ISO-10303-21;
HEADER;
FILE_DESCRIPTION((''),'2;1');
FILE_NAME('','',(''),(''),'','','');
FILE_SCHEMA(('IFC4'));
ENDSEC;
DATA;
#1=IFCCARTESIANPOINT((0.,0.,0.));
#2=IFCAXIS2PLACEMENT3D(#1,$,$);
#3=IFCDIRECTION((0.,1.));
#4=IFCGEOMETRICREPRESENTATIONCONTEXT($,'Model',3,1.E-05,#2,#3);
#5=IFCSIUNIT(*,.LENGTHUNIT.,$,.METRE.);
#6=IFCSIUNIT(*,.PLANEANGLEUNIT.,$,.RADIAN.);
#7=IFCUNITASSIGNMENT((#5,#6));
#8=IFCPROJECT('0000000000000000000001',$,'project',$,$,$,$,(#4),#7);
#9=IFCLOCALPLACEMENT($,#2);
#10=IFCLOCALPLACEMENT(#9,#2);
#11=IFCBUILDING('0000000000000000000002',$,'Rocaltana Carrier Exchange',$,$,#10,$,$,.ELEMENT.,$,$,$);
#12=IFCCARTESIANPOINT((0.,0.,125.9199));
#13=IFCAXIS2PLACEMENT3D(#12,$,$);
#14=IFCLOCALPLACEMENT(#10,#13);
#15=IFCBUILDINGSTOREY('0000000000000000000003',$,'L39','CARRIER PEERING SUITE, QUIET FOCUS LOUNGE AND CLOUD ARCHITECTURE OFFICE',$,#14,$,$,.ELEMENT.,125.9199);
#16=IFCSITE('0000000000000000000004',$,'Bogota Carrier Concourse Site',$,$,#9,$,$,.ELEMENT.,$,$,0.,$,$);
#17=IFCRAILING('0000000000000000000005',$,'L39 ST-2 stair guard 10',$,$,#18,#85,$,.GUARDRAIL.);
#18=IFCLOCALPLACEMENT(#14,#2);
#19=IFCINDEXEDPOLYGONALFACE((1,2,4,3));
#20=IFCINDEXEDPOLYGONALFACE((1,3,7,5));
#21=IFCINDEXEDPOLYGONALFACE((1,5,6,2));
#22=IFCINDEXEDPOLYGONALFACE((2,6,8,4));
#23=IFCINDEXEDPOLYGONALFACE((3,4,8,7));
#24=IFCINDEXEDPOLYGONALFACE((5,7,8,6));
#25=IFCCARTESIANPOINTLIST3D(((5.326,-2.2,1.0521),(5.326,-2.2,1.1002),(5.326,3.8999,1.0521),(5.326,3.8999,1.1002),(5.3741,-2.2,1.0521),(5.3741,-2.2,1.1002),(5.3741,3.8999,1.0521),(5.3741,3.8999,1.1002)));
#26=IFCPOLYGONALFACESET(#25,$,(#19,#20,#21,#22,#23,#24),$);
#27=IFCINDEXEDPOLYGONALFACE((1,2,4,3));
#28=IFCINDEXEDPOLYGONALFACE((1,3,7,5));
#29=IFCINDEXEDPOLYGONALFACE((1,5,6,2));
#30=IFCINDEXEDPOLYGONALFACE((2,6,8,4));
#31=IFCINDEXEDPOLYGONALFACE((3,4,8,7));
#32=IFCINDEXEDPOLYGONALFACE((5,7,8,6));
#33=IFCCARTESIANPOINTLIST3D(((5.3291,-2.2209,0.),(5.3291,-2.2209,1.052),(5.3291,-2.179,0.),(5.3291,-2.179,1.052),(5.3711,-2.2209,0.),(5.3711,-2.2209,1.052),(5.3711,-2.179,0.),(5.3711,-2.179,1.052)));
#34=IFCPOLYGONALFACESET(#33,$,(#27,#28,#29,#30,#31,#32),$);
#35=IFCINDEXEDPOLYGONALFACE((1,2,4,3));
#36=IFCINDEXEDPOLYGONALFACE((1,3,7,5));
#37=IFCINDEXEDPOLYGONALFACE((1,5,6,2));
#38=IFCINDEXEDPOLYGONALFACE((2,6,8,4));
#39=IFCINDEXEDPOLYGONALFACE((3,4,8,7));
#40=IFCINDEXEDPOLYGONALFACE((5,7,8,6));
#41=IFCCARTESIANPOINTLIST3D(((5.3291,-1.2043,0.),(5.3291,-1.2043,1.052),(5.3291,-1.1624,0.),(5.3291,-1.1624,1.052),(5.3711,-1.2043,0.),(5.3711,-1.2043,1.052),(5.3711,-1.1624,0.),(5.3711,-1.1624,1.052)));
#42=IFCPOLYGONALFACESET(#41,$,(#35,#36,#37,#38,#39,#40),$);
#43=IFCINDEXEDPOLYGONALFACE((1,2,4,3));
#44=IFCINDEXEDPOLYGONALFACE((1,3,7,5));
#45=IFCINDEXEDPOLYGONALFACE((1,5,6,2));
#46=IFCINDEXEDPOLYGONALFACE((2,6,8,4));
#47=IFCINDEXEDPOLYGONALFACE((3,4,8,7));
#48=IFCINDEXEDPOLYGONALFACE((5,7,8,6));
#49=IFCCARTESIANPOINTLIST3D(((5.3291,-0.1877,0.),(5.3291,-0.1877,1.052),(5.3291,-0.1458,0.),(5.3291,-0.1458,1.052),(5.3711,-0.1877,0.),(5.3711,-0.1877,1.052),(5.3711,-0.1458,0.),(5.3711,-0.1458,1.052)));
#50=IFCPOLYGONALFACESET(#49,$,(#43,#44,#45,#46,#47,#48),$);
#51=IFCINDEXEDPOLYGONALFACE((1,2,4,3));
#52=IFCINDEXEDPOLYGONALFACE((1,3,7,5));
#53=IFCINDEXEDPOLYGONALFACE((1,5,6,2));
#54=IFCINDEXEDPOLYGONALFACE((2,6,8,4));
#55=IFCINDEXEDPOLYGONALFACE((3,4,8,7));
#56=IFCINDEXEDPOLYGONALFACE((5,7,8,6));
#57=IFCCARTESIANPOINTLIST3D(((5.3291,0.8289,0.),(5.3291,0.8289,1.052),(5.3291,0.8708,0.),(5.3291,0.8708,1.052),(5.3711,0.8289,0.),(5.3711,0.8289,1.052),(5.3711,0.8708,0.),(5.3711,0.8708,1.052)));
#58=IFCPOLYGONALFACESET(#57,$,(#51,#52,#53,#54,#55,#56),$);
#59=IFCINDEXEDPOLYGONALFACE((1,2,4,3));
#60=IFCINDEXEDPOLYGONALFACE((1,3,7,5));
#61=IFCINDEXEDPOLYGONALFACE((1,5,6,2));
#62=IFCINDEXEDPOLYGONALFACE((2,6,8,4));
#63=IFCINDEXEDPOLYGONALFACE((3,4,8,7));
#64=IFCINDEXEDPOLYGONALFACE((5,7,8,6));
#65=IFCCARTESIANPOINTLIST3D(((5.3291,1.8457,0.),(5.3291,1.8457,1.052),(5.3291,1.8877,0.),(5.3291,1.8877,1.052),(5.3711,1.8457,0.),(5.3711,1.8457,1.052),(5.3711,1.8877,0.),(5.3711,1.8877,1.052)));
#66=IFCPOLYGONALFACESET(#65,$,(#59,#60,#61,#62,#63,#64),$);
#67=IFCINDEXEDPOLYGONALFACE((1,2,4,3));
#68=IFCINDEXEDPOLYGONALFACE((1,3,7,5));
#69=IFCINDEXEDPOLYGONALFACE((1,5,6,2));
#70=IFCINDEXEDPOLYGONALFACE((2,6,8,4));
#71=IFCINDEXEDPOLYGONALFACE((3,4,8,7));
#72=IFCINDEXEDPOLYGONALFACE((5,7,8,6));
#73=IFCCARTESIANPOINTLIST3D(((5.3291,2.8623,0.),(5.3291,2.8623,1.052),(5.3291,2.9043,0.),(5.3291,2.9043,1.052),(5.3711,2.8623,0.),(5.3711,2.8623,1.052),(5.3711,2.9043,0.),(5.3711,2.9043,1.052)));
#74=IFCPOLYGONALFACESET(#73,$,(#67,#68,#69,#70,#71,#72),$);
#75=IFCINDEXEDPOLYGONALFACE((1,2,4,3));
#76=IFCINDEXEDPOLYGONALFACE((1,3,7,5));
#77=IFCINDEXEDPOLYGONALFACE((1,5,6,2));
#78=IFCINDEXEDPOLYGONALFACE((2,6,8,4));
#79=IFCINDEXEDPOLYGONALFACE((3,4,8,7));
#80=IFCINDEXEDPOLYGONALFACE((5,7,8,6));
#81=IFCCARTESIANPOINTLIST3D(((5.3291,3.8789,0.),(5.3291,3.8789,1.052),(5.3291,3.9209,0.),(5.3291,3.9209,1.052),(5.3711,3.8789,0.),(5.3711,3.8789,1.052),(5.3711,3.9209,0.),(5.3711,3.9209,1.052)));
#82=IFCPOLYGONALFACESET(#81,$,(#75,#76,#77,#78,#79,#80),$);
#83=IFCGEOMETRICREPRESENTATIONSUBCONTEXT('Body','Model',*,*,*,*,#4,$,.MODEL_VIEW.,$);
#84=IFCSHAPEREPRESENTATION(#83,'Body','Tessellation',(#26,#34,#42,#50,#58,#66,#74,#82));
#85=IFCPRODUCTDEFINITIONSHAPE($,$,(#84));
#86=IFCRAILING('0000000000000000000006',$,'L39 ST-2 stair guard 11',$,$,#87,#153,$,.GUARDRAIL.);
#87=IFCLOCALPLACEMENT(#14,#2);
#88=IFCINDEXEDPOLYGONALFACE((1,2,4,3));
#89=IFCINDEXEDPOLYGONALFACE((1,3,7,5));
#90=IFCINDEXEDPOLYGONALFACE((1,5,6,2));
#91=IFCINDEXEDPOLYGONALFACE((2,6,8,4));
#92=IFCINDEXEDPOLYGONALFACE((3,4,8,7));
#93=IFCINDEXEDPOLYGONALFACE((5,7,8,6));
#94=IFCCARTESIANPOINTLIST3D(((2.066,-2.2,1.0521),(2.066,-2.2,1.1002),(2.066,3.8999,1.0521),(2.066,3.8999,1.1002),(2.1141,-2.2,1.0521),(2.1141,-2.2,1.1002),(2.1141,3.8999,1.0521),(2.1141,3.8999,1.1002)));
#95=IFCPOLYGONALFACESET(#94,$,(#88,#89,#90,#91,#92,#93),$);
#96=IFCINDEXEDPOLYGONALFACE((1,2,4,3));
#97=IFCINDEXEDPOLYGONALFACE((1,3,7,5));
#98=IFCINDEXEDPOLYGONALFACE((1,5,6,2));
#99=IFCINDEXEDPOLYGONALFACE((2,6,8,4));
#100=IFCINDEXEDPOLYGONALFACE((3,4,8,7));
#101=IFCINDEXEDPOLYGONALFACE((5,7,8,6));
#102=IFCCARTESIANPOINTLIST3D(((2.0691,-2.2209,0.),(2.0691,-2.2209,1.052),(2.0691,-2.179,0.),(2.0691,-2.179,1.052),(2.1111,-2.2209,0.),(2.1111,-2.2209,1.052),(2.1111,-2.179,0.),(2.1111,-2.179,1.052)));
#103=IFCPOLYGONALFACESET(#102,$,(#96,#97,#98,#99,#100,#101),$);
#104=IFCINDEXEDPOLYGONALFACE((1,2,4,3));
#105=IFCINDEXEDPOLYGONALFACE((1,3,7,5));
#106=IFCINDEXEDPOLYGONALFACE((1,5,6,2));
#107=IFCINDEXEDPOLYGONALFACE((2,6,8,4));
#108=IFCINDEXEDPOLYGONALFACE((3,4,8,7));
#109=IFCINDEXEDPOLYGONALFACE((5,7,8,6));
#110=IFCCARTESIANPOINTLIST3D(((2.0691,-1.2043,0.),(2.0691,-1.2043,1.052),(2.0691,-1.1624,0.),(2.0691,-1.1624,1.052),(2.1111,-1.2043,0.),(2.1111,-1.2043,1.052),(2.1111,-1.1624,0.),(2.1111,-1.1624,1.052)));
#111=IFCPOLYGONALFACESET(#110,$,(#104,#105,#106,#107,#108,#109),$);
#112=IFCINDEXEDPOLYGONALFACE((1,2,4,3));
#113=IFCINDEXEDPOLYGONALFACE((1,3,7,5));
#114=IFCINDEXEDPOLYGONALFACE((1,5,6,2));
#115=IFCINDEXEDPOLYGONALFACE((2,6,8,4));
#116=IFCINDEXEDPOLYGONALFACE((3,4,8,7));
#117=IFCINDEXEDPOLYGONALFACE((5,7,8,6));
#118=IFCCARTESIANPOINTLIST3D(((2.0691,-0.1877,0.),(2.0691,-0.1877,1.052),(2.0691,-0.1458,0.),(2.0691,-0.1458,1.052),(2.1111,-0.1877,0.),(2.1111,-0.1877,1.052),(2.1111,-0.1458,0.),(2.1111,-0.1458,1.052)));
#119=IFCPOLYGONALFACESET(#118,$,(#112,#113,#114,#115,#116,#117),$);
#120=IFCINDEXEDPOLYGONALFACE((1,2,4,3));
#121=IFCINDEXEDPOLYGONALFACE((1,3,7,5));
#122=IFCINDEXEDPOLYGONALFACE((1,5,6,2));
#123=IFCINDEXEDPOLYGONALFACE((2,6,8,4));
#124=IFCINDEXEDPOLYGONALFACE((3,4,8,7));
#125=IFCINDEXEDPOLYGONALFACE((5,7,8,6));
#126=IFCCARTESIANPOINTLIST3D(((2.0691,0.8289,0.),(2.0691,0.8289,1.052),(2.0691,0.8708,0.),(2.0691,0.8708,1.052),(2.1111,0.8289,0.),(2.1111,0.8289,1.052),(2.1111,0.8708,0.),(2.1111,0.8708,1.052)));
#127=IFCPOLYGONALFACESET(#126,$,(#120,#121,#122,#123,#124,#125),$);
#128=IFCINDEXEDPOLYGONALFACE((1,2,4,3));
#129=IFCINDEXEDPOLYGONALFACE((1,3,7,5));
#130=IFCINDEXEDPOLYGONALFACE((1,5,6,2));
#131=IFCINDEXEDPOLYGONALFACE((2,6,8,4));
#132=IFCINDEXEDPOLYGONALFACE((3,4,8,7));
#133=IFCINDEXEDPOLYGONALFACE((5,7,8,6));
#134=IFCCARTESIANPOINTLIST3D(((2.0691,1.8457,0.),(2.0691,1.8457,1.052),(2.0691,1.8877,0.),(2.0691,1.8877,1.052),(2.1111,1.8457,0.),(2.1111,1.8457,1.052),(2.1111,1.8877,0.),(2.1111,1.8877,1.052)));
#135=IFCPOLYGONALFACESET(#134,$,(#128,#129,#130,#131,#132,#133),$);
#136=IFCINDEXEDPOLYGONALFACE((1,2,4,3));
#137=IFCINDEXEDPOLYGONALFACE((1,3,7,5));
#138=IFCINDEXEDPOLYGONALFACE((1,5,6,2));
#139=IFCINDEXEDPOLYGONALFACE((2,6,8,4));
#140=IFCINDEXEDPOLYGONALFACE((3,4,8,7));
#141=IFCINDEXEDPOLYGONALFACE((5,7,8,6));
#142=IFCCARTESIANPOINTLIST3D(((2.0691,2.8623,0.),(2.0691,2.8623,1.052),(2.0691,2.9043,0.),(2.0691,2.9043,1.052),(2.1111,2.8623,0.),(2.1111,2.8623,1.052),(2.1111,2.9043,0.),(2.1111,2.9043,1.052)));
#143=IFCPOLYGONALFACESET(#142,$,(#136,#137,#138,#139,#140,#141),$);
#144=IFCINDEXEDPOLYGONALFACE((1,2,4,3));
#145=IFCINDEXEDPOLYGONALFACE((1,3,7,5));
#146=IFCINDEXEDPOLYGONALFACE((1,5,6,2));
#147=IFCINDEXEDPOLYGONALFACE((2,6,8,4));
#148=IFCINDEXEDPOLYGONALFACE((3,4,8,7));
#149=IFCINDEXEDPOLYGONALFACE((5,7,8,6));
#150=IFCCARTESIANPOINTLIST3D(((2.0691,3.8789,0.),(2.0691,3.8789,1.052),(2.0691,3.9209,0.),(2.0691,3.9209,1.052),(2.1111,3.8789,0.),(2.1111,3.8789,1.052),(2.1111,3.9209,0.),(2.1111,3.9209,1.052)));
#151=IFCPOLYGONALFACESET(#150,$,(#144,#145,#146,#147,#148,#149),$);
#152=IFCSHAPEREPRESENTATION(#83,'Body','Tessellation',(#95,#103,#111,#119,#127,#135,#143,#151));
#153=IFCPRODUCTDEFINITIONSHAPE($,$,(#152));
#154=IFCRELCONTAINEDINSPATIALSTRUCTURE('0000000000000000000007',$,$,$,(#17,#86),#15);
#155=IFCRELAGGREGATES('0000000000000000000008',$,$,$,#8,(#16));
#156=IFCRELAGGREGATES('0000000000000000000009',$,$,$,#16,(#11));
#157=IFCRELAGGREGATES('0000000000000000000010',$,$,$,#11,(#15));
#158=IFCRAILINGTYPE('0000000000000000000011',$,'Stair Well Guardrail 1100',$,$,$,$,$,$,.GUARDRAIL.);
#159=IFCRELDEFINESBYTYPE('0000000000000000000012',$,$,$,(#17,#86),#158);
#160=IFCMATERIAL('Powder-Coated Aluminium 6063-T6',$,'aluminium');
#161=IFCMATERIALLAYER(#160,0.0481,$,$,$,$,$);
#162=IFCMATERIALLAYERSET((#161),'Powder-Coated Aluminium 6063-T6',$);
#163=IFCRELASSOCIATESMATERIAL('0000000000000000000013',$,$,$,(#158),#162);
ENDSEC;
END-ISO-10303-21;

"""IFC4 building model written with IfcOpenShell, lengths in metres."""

from ifc_helpers import new_model, si_unit, direction, frame, origin, origin_2d, place, context, subcontext, project, spatial, rectangle, extrude, material, layer, layer_set, type_object, element, save


model = new_model("IFC4")

# Units and contexts
model_context = context("Model", 3, precision=1e-05, world=origin(), true_north=direction((0.0, 1.0)))
body_context = subcontext(model_context, "Body", "Model", "MODEL_VIEW")
ifc_project = project(units=[si_unit("LENGTHUNIT", "METRE"), si_unit("PLANEANGLEUNIT", "RADIAN")], contexts=[model_context])

# Site, building, storey
site_placement = place(None, origin())
site = spatial("IfcSite", under=ifc_project, at=site_placement, Name="Bogota Carrier Concourse Site", CompositionType="ELEMENT", RefElevation=0.0)
building_placement = place(site_placement, origin())
building = spatial("IfcBuilding", under=site, at=building_placement, Name="Rocaltana Carrier Exchange", CompositionType="ELEMENT")
storey_placement = place(building_placement, frame((0.0, 0.0, 125.9199)))
storey = spatial("IfcBuildingStorey", under=building, at=storey_placement, Name="L39", Description="CARRIER PEERING SUITE, QUIET FOCUS LOUNGE AND CLOUD ARCHITECTURE OFFICE", CompositionType="ELEMENT", Elevation=125.9199)

# Railings
ifc_material_1 = material(Name="Powder-Coated Aluminium 6063-T6", Category="aluminium")
ifc_layer_1 = layer(ifc_material_1, 0.0481)
ifc_layer_set_1 = layer_set([ifc_layer_1], Name="Powder-Coated Aluminium 6063-T6")
railing_type_1 = type_object("IfcRailingType", Name="Stair Well Guardrail 1100", PredefinedType="GUARDRAIL", material=ifc_layer_set_1)
for number, where, name in (
    (1, (5.3501, -2.2, 0.0), "L39 ST-2 stair guard 10"),
    (2, (2.0901, -2.2, 0.0), "L39 ST-2 stair guard 11"),
):
    element("IfcRailing", number, at=place(storey_placement, frame(where)), inside=storey, type_object=railing_type_1, Name=name, PredefinedType="GUARDRAIL", context=body_context, shape_type="SweptSolid", body=[
        extrude(rectangle(XDim=0.0481, YDim=0.0481, at=origin_2d()), frame((0.0, 0.0, 1.0762), z_axis=(0.0, 1.0, 0.0), x_axis=(-1.0, 0.0, 0.0)), (0.0, 0.0, 1.0), 6.0999),
        extrude(rectangle(XDim=0.042, YDim=0.042, at=origin_2d()), origin(), (0.0, 0.0, 1.0), 1.052),
        extrude(rectangle(XDim=0.042, YDim=0.042, at=origin_2d()), frame((0.0, 1.0166, 0.0)), (0.0, 0.0, 1.0), 1.052),
        extrude(rectangle(XDim=0.042, YDim=0.042, at=origin_2d()), frame((0.0, 2.0332, 0.0)), (0.0, 0.0, 1.0), 1.052),
        extrude(rectangle(XDim=0.042, YDim=0.042, at=origin_2d()), frame((0.0, 3.0498, 0.0)), (0.0, 0.0, 1.0), 1.052),
        extrude(rectangle(XDim=0.042, YDim=0.042, at=origin_2d()), frame((0.0, 4.0667, 0.0)), (0.0, 0.0, 1.0), 1.052),
        extrude(rectangle(XDim=0.042, YDim=0.042, at=origin_2d()), frame((0.0, 5.0833, 0.0)), (0.0, 0.0, 1.0), 1.052),
        extrude(rectangle(XDim=0.042, YDim=0.042, at=origin_2d()), frame((0.0, 6.0999, 0.0)), (0.0, 0.0, 1.0), 1.052),
    ])

save(model, "model.ifc")
